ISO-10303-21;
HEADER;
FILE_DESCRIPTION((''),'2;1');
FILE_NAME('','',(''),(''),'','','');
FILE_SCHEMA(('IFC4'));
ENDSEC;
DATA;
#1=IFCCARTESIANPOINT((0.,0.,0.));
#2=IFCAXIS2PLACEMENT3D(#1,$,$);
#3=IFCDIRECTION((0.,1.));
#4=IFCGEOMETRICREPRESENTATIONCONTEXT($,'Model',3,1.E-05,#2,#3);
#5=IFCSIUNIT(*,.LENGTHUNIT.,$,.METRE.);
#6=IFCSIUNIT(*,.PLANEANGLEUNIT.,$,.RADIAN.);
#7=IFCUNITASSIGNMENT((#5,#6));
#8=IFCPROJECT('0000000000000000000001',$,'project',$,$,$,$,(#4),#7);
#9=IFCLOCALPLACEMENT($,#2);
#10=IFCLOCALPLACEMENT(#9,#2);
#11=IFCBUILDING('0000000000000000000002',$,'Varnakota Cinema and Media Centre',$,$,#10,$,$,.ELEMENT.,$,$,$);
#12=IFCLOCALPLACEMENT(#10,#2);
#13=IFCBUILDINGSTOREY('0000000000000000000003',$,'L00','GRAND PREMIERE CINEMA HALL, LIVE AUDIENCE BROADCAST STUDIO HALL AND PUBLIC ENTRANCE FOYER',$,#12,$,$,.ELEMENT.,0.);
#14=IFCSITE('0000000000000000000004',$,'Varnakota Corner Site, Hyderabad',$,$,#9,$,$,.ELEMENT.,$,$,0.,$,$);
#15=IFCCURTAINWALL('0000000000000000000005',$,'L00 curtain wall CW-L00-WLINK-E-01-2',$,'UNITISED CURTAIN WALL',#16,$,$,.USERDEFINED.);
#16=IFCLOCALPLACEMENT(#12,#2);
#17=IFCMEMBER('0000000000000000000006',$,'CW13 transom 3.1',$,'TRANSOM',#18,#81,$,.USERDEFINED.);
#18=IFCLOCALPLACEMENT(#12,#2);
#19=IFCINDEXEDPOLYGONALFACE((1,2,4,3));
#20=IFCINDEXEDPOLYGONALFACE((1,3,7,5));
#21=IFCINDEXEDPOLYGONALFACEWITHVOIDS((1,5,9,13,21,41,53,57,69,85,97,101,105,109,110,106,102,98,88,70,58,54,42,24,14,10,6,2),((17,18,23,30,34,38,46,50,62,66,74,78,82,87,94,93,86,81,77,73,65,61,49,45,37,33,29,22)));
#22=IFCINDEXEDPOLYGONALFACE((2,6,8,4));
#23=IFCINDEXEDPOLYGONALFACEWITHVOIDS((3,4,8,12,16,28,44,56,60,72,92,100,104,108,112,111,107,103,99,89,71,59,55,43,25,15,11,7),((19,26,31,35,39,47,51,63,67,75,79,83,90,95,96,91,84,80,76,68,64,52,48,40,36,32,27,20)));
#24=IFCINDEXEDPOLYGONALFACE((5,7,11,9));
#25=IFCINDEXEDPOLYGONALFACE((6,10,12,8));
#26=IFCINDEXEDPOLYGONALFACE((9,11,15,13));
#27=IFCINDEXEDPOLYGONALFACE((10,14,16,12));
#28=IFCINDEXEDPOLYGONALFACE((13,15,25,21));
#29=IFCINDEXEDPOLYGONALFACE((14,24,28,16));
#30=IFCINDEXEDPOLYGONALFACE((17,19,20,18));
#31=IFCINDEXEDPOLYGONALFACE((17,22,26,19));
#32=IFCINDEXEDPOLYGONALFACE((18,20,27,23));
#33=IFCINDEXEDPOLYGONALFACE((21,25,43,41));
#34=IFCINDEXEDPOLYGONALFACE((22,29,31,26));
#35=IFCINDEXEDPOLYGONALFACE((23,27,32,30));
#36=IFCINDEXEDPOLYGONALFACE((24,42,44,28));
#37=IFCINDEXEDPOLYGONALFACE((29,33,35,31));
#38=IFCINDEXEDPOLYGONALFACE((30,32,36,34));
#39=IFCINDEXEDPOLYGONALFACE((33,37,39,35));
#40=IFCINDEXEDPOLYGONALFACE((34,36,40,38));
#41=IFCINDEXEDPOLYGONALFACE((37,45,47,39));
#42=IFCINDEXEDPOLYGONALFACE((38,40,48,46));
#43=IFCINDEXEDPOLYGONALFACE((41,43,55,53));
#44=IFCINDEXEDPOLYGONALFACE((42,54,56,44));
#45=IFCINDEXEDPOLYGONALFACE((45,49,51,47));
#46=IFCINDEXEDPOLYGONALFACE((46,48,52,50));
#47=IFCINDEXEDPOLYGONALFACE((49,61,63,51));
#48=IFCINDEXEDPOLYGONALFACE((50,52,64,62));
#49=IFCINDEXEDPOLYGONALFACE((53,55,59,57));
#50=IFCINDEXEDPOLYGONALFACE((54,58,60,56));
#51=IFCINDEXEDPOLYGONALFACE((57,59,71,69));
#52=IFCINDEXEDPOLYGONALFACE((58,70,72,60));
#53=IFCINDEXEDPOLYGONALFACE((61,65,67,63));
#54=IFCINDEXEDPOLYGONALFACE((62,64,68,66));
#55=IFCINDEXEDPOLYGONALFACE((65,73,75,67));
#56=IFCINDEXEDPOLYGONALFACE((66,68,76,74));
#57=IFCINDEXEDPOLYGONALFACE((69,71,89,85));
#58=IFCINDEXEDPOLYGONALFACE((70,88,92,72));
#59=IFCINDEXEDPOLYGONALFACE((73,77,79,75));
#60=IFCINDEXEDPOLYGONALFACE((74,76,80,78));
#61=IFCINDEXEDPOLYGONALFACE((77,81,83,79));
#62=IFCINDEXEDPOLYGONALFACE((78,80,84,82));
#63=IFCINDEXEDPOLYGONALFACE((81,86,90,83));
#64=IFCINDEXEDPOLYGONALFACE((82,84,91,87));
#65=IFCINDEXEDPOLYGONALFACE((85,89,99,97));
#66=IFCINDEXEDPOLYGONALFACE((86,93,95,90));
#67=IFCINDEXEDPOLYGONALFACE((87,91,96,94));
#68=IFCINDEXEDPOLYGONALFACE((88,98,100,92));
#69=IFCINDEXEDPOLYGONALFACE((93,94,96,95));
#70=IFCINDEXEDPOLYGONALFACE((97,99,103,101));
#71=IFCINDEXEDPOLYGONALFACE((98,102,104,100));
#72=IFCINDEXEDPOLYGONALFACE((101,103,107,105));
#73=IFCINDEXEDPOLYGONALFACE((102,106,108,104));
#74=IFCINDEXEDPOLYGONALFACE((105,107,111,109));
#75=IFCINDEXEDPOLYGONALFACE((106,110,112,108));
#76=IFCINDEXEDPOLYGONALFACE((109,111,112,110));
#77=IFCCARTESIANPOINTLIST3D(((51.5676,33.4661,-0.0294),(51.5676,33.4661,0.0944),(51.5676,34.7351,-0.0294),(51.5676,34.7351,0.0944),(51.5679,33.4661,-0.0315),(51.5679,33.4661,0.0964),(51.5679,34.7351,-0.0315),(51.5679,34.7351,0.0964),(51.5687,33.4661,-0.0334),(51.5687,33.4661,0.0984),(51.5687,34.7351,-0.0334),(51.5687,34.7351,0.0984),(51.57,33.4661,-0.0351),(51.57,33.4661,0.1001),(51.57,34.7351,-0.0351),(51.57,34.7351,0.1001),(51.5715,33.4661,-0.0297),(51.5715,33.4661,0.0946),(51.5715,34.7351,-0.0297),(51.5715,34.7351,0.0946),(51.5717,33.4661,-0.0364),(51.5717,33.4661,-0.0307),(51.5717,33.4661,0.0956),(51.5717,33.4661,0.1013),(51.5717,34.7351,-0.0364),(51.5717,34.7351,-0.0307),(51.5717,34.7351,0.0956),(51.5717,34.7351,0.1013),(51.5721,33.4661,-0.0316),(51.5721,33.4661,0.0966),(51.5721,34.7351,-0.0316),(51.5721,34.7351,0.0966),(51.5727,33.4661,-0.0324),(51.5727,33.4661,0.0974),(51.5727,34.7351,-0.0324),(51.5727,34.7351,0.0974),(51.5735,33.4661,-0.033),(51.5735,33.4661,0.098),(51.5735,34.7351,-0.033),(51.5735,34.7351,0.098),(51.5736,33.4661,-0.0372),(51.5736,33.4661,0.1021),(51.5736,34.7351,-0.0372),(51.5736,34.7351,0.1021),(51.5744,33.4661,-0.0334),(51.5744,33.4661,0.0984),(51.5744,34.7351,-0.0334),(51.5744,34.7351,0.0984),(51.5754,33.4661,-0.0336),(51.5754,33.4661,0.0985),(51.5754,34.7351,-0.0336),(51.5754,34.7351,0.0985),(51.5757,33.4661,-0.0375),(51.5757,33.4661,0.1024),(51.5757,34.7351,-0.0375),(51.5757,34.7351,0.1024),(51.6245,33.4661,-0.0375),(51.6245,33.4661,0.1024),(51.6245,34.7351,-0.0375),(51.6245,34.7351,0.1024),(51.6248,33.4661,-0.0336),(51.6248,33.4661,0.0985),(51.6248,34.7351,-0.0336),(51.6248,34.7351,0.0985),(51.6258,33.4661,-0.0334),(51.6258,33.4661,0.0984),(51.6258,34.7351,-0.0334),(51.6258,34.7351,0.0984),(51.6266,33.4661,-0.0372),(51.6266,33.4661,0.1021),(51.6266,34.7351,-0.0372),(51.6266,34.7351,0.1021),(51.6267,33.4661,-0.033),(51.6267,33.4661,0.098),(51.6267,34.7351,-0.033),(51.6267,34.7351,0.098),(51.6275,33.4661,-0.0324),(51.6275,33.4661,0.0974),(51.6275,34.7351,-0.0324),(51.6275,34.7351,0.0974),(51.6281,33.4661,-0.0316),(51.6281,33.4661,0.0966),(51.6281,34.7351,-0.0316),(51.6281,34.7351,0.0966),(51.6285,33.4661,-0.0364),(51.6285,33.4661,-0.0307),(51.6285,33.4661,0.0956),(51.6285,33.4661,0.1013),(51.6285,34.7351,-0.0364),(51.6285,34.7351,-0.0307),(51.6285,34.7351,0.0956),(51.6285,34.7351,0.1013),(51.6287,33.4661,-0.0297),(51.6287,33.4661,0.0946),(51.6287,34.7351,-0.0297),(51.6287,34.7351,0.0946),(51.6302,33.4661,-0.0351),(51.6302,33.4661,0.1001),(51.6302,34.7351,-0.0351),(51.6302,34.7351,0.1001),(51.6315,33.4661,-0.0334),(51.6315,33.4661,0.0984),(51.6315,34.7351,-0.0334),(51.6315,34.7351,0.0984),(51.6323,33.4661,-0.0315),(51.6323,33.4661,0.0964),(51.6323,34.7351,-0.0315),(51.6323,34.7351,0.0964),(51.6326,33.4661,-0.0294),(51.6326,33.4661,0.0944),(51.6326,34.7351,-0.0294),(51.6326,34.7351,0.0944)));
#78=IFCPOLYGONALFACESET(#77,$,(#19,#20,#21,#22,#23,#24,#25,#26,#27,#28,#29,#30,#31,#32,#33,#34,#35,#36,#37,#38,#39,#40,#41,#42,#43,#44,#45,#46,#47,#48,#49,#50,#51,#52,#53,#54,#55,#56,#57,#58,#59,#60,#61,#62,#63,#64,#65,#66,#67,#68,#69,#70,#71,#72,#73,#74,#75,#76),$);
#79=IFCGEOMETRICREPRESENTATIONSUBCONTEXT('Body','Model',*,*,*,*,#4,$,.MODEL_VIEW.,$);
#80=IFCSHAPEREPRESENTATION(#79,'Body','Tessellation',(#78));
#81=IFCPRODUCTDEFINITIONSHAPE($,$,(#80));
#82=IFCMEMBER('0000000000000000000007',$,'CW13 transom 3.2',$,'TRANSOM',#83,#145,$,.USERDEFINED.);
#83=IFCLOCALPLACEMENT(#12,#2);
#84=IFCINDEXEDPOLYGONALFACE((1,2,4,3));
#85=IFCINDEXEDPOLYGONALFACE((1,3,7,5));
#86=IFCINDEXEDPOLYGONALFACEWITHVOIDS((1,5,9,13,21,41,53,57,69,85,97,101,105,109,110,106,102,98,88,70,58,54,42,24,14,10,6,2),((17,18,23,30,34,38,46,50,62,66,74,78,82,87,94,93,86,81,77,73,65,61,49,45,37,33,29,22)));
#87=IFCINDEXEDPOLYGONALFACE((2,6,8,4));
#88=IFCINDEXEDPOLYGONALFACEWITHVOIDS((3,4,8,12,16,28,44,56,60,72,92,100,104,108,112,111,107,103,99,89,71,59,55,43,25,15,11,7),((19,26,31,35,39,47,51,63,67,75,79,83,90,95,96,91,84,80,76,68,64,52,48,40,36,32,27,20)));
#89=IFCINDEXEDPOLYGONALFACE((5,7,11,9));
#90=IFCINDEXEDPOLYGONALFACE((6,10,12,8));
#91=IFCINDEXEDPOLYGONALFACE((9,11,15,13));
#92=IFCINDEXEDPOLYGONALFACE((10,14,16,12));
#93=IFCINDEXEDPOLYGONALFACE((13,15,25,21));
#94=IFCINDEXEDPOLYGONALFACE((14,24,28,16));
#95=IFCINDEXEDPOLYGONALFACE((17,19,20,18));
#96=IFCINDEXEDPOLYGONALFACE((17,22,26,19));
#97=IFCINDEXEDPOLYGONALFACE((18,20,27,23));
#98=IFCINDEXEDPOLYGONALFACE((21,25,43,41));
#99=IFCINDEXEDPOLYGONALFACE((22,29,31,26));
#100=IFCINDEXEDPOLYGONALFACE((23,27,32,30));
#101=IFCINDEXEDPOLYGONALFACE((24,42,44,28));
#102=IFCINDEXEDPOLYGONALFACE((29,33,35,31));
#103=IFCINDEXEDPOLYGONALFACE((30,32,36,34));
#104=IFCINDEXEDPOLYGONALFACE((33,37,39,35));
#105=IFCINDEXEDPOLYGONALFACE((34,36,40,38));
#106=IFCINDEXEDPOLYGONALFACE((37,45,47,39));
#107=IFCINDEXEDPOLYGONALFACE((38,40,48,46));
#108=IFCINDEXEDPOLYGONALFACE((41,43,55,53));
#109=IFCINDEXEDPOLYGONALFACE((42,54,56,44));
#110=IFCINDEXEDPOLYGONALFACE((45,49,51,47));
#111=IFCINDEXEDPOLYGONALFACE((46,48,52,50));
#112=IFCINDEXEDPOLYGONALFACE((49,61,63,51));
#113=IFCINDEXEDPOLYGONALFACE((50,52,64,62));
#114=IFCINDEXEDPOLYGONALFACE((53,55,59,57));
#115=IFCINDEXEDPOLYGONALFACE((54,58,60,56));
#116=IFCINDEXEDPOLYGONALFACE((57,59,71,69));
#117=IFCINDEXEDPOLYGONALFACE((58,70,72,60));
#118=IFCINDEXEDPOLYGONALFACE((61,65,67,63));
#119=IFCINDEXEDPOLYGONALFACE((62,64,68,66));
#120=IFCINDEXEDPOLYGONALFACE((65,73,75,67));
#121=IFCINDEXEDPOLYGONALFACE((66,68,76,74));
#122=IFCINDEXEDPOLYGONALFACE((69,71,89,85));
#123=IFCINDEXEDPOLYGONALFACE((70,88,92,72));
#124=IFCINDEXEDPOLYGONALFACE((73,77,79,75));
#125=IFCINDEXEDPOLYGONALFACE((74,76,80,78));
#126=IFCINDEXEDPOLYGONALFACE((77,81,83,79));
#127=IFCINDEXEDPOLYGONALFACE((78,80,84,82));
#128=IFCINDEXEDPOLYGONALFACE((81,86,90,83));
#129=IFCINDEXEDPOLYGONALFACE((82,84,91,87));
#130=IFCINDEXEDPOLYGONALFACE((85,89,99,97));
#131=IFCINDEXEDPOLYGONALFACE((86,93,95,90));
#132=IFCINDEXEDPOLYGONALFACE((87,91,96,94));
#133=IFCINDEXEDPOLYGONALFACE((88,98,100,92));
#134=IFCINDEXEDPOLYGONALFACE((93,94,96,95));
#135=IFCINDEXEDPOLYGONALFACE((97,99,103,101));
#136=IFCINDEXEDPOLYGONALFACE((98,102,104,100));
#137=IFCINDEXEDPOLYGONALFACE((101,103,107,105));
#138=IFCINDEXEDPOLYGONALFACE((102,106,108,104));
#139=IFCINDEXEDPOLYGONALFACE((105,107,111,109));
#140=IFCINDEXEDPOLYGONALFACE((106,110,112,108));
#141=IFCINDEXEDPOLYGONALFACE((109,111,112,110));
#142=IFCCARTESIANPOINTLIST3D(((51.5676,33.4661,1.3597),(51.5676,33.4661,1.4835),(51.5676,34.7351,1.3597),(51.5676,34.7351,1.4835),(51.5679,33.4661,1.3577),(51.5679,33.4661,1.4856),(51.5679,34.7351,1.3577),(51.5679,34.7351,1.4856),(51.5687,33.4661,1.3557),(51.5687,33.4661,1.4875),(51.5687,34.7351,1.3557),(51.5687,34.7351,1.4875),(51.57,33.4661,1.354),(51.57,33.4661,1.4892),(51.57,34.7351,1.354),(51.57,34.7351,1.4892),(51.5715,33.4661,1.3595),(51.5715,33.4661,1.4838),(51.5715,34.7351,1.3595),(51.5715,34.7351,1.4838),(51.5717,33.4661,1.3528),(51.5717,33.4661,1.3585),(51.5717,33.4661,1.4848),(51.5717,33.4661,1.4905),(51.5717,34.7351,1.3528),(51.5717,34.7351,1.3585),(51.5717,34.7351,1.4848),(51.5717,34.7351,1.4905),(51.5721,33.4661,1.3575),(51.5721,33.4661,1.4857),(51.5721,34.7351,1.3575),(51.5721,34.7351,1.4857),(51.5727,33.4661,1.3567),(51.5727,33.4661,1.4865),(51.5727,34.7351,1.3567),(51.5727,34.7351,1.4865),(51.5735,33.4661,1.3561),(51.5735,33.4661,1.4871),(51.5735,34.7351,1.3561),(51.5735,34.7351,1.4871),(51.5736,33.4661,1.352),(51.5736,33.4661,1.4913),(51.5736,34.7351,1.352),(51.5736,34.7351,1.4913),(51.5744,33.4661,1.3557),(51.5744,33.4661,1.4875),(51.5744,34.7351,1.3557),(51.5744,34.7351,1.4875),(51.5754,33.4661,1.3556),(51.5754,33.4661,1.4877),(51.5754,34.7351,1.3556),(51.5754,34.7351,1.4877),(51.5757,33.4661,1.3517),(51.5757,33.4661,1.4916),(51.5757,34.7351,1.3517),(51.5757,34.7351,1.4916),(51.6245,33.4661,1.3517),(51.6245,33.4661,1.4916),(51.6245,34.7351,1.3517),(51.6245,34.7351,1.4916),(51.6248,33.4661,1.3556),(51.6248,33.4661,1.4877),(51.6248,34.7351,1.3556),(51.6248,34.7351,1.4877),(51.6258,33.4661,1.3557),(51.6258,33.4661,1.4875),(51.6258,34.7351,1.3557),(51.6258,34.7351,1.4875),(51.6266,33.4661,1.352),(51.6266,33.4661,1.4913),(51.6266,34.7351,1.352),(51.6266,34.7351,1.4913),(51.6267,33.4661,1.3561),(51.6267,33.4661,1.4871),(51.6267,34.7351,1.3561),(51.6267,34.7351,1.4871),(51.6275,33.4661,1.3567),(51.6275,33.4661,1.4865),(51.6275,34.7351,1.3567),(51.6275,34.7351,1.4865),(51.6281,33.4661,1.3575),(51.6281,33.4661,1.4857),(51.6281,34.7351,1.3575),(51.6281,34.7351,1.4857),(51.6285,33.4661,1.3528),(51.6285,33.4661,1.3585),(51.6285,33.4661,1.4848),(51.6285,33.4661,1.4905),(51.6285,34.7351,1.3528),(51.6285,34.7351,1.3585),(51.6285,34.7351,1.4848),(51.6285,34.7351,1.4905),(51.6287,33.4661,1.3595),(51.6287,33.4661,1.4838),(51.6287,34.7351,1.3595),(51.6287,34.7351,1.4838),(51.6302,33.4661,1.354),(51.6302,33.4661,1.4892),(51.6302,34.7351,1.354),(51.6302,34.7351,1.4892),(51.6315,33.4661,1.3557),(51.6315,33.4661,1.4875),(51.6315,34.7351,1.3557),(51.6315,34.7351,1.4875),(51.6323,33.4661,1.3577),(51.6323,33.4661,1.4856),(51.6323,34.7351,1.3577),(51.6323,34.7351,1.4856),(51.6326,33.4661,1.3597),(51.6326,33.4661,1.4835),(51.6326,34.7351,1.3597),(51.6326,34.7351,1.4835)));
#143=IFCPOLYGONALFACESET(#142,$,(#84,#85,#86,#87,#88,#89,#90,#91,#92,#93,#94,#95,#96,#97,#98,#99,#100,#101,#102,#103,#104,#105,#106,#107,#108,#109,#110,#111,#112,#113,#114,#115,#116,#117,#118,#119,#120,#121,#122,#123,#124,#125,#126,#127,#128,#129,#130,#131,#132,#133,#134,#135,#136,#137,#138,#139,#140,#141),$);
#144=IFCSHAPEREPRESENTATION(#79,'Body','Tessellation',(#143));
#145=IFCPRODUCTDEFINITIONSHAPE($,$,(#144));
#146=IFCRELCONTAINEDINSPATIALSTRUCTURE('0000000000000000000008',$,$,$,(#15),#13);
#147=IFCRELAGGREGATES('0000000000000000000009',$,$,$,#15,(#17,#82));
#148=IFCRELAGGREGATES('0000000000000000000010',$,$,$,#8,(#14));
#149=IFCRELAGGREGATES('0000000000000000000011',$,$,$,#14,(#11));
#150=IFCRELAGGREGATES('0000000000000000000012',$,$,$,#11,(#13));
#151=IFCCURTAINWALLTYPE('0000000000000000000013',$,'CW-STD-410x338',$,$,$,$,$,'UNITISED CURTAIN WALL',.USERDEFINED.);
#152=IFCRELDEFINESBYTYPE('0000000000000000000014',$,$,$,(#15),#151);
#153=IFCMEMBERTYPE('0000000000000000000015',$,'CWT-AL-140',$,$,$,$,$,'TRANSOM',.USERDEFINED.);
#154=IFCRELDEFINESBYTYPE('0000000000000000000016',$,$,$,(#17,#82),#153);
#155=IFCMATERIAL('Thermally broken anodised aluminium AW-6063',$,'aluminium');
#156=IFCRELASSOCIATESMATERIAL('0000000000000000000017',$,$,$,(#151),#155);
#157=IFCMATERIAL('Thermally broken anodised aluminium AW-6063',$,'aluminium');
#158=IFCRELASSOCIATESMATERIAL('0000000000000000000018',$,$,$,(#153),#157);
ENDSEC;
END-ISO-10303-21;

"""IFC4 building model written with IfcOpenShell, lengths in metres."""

from ifc_helpers import new_model, si_unit, direction, frame, origin, origin_2d, place, context, subcontext, project, spatial, hollow_rectangle, extrude, material, material_profile, profile_set, type_object, element, aggregate, save


model = new_model("IFC4")

# Units and contexts
model_context = context("Model", 3, precision=1e-05, world=origin(), true_north=direction((0.0, 1.0)))
body_context = subcontext(model_context, "Body", "Model", "MODEL_VIEW")
ifc_project = project(units=[si_unit("LENGTHUNIT", "METRE"), si_unit("PLANEANGLEUNIT", "RADIAN")], contexts=[model_context])

# Site, building, storey
site_placement = place(None, origin())
site = spatial("IfcSite", under=ifc_project, at=site_placement, Name="Varnakota Corner Site, Hyderabad", CompositionType="ELEMENT", RefElevation=0.0)
building_placement = place(site_placement, origin())
building = spatial("IfcBuilding", under=site, at=building_placement, Name="Varnakota Cinema and Media Centre", CompositionType="ELEMENT")
storey_placement = place(building_placement, origin())
storey = spatial("IfcBuildingStorey", under=building, at=storey_placement, Name="L00", Description="GRAND PREMIERE CINEMA HALL, LIVE AUDIENCE BROADCAST STUDIO HALL AND PUBLIC ENTRANCE FOYER", CompositionType="ELEMENT", Elevation=0.0)

# Shared definitions
ifc_material_1 = material(Name="Thermally broken anodised aluminium AW-6063", Category="aluminium")
curtain_wall_type = type_object("IfcCurtainWallType", Name="CW-STD-410x338", ElementType="UNITISED CURTAIN WALL", PredefinedType="USERDEFINED", material=ifc_material_1)

# Curtain wall, members
curtain_wall_1_placement = place(storey_placement, origin())
curtain_wall_1 = element("IfcCurtainWall", 1, at=curtain_wall_1_placement, inside=storey, type_object=curtain_wall_type, Name="L00 curtain wall CW-L00-WLINK-E-01-2", ObjectType="UNITISED CURTAIN WALL", PredefinedType="USERDEFINED")
ifc_material_2 = material(Name="Thermally broken anodised aluminium AW-6063", Category="aluminium")
ifc_material_profile_1 = material_profile(ifc_material_2, hollow_rectangle(XDim=0.0649, YDim=0.1399, WallThickness=0.0039, InnerFilletRadius=0.0039, OuterFilletRadius=0.0081, at=origin_2d()), Name="AL-TRANSOM 140x65x4")
ifc_profile_set_1 = profile_set([ifc_material_profile_1], Name="Thermally broken anodised aluminium AW-6063")
member_type_1 = type_object("IfcMemberType", Name="CWT-AL-140", ElementType="TRANSOM", PredefinedType="USERDEFINED", material=ifc_profile_set_1)
member_1_placement = place(storey_placement, frame((51.6001, 33.4661, 0.0325), z_axis=(0.0, 1.0, 0.0), x_axis=(-1.0, 0.0, 0.0)))
member_1 = element("IfcMember", 2, at=member_1_placement, type_object=member_type_1, Name="CW13 transom 3.1", ObjectType="TRANSOM", PredefinedType="USERDEFINED", context=body_context, shape_type="SweptSolid", body=[
    extrude(hollow_rectangle(XDim=0.0649, YDim=0.1399, WallThickness=0.0039, InnerFilletRadius=0.0039, OuterFilletRadius=0.0081, at=origin_2d()), origin(), (0.0, 0.0, 1.0), 1.269),
])
member_2_placement = place(storey_placement, frame((51.6001, 33.4661, 1.4216), z_axis=(0.0, 1.0, 0.0), x_axis=(-1.0, 0.0, 0.0)))
member_2 = element("IfcMember", 3, at=member_2_placement, type_object=member_type_1, Name="CW13 transom 3.2", ObjectType="TRANSOM", PredefinedType="USERDEFINED", context=body_context, shape_type="SweptSolid", body=[
    extrude(hollow_rectangle(XDim=0.0649, YDim=0.1399, WallThickness=0.0039, InnerFilletRadius=0.0039, OuterFilletRadius=0.0081, at=origin_2d()), origin(), (0.0, 0.0, 1.0), 1.269),
])
aggregate(curtain_wall_1, [member_1, member_2])

save(model, "model.ifc")
